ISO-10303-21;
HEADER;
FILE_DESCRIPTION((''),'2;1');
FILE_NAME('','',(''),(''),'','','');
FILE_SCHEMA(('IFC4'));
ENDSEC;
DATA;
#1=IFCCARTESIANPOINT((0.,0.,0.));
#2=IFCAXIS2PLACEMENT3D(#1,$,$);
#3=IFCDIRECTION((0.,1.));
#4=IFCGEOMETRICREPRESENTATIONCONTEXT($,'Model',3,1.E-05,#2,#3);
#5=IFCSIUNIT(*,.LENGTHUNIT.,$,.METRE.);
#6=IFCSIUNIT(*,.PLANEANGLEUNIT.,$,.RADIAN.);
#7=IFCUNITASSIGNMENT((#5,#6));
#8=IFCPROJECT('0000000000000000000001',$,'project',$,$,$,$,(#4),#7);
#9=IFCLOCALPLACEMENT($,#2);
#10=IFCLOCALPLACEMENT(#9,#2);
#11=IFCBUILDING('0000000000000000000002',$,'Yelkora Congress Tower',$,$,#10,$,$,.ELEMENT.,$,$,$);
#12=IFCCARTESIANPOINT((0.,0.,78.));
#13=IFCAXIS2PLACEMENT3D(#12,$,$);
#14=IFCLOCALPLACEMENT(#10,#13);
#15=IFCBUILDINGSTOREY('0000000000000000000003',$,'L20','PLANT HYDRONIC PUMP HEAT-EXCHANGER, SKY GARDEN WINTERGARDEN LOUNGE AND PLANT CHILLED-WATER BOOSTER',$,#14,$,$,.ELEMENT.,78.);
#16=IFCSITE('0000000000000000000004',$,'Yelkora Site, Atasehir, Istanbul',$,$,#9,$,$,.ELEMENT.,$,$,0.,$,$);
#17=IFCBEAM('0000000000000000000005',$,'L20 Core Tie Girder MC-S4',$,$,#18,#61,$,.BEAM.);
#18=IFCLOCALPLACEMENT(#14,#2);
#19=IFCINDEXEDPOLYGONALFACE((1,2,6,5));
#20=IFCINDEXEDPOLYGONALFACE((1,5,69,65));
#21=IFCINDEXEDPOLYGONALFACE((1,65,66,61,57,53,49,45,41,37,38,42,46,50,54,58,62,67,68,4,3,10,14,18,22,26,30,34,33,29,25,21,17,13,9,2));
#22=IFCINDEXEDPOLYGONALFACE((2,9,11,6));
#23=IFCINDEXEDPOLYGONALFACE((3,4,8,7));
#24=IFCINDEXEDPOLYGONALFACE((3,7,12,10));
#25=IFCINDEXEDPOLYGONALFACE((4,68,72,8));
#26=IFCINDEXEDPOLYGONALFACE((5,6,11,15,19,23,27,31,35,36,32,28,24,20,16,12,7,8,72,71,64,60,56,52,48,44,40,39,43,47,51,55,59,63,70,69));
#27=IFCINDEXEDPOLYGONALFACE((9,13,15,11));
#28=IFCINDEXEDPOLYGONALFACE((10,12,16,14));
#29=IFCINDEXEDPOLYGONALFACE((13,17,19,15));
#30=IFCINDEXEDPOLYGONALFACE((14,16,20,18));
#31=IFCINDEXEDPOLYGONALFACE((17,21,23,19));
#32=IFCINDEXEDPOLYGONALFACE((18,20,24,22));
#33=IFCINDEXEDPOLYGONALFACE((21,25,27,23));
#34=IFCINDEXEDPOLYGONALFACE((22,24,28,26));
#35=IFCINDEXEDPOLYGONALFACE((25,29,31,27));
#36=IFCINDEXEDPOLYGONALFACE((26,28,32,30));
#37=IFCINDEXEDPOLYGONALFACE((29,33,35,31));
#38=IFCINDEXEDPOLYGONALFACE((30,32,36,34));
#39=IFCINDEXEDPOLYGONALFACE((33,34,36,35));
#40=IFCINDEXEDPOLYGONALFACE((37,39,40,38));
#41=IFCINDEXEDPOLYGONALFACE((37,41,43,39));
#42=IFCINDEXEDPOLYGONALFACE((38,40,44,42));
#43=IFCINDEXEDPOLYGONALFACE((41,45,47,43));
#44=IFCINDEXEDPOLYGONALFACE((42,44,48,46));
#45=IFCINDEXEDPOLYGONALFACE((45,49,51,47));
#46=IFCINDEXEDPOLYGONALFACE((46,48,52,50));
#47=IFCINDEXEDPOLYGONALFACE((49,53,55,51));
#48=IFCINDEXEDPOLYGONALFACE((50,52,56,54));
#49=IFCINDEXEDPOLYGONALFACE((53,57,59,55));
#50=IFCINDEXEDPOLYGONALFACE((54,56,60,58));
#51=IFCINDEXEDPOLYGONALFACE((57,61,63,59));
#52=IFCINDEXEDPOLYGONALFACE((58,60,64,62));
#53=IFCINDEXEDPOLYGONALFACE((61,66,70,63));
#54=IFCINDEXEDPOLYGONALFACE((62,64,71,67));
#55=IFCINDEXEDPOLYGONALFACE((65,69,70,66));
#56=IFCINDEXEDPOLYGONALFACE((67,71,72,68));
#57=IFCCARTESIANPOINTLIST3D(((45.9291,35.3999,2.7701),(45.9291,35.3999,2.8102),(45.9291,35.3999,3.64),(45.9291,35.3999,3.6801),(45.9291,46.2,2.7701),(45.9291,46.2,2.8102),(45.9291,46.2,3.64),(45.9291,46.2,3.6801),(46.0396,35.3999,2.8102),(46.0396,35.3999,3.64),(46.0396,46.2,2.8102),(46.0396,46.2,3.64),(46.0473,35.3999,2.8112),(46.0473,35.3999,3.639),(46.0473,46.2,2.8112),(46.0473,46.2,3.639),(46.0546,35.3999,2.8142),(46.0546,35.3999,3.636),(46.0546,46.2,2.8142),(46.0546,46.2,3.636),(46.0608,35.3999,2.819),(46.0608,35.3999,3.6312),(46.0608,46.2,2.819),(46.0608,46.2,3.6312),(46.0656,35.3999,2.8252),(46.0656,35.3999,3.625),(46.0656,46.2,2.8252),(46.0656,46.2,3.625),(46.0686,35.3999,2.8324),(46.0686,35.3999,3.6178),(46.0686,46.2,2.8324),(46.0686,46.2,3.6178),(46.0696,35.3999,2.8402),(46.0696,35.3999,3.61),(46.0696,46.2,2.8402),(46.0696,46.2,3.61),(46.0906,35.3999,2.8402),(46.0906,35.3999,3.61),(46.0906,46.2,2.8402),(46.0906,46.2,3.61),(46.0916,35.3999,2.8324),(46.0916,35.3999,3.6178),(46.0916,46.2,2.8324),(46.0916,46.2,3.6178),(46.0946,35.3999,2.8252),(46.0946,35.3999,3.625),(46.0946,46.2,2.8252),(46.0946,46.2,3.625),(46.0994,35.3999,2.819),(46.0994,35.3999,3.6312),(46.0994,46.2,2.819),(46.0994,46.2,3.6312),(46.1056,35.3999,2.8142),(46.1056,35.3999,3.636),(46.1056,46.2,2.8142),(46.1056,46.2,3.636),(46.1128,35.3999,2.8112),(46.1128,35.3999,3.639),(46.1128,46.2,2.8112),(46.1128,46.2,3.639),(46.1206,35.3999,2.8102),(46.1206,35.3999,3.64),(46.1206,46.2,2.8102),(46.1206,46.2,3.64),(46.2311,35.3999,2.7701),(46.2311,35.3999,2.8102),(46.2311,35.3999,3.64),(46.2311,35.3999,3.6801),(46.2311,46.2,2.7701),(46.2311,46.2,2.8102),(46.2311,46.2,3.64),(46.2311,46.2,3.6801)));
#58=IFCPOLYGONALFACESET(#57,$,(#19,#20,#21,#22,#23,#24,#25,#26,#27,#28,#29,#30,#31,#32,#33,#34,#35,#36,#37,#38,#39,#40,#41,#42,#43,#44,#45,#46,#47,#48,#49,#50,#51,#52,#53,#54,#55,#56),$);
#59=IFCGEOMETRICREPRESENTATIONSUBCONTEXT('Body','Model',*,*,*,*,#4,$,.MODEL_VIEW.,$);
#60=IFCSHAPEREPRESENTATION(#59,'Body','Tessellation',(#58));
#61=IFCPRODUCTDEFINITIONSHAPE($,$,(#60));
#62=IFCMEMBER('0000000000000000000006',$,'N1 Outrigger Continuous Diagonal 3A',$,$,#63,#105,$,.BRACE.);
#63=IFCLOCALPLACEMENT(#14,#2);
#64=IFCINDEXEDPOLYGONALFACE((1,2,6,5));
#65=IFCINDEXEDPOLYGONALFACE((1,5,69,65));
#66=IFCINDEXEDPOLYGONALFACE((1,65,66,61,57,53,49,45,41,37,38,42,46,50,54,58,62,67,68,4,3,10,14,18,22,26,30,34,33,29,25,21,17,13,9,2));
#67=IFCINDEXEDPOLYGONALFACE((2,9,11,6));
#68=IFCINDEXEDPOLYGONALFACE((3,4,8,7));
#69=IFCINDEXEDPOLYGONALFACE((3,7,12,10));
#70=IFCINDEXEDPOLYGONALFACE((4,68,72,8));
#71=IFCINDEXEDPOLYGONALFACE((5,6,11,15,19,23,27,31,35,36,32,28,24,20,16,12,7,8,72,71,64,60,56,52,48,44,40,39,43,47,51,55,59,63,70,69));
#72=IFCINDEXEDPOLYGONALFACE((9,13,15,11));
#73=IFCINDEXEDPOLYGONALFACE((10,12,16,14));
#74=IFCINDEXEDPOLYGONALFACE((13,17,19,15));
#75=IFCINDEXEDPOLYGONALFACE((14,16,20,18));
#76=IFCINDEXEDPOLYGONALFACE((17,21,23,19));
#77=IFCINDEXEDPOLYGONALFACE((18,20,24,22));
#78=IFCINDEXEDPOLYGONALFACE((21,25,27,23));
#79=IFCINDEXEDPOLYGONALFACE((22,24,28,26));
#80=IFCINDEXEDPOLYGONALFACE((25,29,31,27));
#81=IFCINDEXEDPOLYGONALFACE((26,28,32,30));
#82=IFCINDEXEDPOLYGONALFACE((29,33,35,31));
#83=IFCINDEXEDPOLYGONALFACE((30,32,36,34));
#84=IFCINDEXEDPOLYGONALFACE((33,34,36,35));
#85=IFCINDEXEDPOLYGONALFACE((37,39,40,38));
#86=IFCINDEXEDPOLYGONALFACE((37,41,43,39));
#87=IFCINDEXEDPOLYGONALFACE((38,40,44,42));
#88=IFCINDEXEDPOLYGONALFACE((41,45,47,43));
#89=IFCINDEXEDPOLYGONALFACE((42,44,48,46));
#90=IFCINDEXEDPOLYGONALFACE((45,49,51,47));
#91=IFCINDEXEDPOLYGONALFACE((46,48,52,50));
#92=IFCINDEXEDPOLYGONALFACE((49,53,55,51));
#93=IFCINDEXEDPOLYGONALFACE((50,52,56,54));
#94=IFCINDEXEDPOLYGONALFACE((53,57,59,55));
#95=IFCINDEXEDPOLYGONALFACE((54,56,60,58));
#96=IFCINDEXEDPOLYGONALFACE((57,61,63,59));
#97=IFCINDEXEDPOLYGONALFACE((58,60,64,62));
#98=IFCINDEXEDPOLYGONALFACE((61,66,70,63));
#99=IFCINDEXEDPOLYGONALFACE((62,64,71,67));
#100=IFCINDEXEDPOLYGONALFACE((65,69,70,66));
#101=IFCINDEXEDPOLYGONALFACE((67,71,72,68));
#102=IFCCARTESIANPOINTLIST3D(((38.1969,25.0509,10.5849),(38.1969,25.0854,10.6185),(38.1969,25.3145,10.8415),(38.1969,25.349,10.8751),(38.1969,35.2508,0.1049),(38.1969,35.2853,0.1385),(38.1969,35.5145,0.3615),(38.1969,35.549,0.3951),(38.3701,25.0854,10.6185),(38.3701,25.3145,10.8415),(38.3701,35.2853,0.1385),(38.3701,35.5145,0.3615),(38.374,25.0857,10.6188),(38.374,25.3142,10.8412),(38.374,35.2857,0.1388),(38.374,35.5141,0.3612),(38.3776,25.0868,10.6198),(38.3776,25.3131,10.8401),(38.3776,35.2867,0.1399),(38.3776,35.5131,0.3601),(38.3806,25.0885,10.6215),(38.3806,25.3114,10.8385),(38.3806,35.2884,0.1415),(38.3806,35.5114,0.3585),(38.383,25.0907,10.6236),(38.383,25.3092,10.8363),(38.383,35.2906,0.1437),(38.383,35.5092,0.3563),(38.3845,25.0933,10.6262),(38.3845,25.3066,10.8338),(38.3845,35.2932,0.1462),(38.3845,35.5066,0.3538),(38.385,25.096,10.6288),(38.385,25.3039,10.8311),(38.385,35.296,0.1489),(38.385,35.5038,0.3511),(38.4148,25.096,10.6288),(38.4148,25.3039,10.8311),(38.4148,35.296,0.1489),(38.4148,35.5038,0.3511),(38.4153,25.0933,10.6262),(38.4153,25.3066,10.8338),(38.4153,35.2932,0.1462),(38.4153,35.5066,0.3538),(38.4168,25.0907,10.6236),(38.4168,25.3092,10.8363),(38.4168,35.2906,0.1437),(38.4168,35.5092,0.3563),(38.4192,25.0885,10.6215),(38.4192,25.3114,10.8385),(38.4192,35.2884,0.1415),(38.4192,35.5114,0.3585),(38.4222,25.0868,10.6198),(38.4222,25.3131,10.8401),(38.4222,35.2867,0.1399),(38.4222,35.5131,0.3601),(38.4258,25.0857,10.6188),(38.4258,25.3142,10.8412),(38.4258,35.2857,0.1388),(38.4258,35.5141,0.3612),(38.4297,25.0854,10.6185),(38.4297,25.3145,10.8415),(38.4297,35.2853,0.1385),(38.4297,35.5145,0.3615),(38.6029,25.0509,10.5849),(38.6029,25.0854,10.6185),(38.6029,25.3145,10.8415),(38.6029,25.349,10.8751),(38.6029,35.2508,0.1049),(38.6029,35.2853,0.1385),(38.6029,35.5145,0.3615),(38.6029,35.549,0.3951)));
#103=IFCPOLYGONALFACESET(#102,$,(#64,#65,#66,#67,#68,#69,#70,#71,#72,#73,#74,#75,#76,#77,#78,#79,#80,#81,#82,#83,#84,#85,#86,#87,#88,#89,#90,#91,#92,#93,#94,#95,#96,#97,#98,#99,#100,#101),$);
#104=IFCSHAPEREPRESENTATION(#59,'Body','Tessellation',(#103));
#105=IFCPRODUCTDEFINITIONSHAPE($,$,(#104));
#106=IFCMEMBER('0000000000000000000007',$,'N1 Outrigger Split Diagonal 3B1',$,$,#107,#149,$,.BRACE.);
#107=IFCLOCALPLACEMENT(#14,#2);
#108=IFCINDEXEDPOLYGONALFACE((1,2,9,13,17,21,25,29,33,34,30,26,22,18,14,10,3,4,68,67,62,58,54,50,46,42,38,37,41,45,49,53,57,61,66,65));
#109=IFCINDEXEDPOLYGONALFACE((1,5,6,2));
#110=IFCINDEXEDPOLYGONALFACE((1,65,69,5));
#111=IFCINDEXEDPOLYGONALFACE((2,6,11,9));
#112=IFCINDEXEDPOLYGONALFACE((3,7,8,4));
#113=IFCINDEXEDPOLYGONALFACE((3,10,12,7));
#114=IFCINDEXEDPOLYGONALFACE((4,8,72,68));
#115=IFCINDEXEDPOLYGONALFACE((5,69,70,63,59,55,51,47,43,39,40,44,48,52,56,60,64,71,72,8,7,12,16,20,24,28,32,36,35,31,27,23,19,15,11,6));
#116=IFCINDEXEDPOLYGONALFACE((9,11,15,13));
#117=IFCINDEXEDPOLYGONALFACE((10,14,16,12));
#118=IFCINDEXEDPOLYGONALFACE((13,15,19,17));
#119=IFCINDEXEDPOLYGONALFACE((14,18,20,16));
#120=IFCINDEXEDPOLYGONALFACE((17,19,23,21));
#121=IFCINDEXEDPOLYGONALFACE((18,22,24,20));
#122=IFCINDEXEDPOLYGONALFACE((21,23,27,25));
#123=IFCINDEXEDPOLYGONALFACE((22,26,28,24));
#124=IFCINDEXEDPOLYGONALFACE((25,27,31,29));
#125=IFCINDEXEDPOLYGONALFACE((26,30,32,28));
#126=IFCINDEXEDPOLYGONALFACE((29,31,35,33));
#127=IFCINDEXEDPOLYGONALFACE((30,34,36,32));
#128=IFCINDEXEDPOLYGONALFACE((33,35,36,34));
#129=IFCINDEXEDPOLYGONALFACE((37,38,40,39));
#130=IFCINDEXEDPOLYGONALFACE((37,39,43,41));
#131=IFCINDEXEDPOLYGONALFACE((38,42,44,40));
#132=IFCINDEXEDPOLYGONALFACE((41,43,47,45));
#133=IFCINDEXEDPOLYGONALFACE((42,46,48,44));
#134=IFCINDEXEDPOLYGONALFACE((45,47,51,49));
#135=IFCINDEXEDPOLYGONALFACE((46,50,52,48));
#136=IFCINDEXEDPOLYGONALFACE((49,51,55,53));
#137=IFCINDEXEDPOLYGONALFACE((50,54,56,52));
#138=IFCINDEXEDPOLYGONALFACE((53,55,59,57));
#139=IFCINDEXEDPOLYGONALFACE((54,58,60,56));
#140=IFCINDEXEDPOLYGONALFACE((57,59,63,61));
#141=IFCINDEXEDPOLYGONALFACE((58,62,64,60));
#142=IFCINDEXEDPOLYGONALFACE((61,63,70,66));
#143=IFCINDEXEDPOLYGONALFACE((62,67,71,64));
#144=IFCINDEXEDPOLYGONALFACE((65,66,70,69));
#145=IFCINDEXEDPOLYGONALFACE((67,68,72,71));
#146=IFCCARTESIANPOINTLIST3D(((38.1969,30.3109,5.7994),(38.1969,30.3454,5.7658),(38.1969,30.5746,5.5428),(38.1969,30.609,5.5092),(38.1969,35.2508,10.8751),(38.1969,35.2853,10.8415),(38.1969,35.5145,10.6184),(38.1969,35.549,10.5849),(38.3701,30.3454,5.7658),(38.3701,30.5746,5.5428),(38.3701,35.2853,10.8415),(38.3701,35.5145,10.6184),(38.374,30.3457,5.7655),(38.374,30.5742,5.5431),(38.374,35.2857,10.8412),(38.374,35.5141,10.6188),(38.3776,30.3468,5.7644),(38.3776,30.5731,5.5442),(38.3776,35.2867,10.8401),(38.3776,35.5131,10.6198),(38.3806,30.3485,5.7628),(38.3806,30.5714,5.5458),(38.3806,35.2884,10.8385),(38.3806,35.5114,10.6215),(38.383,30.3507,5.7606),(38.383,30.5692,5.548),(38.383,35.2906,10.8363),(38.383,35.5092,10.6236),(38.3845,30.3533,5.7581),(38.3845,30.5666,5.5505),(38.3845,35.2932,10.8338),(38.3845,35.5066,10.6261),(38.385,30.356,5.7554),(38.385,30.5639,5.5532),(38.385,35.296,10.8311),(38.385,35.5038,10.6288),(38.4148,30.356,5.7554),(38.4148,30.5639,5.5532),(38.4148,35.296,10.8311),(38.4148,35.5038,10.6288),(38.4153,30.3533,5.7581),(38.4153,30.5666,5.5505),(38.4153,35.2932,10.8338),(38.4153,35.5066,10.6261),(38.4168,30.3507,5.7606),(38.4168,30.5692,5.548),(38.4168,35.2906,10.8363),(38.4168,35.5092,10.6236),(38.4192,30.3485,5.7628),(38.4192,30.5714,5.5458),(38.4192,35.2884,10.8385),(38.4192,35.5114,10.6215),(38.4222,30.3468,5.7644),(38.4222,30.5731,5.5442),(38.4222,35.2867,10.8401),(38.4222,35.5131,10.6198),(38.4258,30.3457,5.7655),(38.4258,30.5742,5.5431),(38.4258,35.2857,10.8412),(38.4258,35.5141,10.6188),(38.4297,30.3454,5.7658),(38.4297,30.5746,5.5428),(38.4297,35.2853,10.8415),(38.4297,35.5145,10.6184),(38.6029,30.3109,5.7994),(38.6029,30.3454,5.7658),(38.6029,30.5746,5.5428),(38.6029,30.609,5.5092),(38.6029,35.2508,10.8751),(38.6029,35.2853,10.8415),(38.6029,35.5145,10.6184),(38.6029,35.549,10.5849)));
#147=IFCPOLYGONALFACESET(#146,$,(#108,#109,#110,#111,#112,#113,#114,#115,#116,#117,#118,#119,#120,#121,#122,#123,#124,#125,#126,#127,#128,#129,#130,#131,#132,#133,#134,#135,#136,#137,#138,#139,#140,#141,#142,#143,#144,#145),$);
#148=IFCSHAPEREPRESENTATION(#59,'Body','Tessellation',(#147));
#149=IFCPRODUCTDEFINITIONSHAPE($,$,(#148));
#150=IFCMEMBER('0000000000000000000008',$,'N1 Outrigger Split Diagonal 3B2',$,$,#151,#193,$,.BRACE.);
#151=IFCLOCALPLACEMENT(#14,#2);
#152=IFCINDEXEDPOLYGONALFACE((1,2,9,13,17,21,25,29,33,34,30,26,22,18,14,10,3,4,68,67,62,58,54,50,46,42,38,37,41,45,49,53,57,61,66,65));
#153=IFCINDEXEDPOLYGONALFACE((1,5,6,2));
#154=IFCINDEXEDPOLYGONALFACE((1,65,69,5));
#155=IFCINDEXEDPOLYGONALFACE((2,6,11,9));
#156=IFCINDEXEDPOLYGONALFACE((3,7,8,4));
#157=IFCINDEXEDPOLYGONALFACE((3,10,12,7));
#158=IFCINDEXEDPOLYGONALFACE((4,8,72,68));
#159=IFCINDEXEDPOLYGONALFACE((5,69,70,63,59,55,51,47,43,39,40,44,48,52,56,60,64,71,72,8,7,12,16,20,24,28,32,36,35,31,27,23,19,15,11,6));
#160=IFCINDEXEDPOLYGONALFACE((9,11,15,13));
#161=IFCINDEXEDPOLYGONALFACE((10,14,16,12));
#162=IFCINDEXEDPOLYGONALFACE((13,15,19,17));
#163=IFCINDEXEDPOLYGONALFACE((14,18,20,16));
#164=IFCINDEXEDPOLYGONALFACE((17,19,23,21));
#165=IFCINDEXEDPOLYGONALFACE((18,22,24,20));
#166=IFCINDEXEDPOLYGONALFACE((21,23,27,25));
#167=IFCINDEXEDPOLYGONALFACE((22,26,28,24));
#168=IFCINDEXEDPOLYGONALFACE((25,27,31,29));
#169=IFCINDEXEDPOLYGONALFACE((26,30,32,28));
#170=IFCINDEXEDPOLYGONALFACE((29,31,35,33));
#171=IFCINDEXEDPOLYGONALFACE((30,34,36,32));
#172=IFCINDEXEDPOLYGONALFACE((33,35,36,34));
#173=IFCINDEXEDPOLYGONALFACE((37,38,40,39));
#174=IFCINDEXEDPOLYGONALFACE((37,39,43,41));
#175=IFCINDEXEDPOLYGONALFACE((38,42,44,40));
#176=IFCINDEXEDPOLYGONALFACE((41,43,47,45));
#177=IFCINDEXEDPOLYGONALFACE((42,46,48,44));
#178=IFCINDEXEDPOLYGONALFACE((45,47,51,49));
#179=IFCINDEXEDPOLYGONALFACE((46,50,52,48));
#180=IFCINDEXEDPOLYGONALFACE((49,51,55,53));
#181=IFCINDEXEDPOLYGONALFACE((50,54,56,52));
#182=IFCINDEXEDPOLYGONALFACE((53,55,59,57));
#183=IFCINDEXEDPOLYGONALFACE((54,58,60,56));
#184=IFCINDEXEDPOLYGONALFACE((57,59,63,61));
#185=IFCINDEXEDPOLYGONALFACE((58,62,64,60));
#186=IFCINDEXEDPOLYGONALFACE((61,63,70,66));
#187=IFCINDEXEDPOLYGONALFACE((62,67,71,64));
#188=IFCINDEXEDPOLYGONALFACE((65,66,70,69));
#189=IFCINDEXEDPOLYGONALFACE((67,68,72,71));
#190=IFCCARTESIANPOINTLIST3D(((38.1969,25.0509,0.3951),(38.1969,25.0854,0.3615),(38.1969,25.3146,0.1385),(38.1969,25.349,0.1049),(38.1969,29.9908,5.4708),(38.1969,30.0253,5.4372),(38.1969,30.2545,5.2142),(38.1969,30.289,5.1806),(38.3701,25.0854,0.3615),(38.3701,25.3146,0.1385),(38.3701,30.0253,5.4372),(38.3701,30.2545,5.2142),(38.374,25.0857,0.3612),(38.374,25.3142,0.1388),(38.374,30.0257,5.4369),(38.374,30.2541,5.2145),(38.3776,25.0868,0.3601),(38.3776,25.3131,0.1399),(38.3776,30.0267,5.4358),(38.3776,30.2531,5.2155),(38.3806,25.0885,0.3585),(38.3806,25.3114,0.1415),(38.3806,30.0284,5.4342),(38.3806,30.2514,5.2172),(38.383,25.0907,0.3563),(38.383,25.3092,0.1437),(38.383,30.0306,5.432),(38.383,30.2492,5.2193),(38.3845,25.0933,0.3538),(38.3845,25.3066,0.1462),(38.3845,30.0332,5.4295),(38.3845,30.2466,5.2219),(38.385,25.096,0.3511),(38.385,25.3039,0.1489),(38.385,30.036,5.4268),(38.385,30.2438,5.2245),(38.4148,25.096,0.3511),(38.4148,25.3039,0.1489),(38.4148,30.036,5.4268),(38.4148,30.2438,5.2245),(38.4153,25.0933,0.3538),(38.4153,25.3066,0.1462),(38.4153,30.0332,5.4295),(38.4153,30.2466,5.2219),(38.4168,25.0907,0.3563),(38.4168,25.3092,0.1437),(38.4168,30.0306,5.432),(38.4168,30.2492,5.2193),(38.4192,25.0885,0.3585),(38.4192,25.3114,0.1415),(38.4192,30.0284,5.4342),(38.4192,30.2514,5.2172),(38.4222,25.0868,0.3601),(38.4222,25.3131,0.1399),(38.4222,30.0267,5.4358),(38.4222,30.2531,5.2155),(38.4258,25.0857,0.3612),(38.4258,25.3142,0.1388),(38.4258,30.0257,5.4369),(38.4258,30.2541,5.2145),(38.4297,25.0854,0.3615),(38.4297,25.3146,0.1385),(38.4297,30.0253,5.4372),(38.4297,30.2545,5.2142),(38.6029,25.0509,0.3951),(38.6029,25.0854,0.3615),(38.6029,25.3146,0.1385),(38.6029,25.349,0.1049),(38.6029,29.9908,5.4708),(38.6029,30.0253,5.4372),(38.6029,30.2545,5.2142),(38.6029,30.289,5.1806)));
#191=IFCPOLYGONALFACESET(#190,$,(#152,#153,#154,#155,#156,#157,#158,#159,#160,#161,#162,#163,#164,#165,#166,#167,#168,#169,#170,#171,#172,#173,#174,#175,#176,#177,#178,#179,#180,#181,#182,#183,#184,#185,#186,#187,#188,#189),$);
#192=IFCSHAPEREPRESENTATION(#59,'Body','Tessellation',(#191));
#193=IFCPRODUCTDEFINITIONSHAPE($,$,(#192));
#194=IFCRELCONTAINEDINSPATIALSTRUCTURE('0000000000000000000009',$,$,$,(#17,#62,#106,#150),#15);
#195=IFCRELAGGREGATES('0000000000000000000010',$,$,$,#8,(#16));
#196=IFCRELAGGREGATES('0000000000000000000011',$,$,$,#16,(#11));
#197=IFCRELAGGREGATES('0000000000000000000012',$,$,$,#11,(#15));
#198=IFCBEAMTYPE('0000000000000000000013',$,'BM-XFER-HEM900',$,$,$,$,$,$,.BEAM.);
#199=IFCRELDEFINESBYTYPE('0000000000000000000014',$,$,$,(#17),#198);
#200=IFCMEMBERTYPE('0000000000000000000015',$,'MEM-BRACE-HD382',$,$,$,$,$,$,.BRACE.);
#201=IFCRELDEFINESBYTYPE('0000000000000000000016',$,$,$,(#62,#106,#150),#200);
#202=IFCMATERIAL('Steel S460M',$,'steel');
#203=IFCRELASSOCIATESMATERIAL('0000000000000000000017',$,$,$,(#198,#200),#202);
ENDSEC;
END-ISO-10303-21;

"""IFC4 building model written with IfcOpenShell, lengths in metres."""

from ifc_helpers import new_model, si_unit, direction, frame, origin, origin_2d, place, context, subcontext, project, spatial, i_section, extrude, material, material_profile, profile_set, type_object, element, save


model = new_model("IFC4")

# Units and contexts
model_context = context("Model", 3, precision=1e-05, world=origin(), true_north=direction((0.0, 1.0)))
body_context = subcontext(model_context, "Body", "Model", "MODEL_VIEW")
ifc_project = project(units=[si_unit("LENGTHUNIT", "METRE"), si_unit("PLANEANGLEUNIT", "RADIAN")], contexts=[model_context])

# Site, building, storey
site_placement = place(None, origin())
site = spatial("IfcSite", under=ifc_project, at=site_placement, Name="Yelkora Site, Atasehir, Istanbul", CompositionType="ELEMENT", RefElevation=0.0)
building_placement = place(site_placement, origin())
building = spatial("IfcBuilding", under=site, at=building_placement, Name="Yelkora Congress Tower", CompositionType="ELEMENT")
storey_placement = place(building_placement, frame((0.0, 0.0, 78.0)))
storey = spatial("IfcBuildingStorey", under=building, at=storey_placement, Name="L20", Description="PLANT HYDRONIC PUMP HEAT-EXCHANGER, SKY GARDEN WINTERGARDEN LOUNGE AND PLANT CHILLED-WATER BOOSTER", CompositionType="ELEMENT", Elevation=78.0)

# Beam
ifc_material_1 = material(Name="Steel S460M", Category="steel")
ifc_material_profile_1 = material_profile(ifc_material_1, i_section(OverallWidth=0.302, OverallDepth=0.9099, WebThickness=0.021, FlangeThickness=0.04, FilletRadius=0.03, at=origin_2d()), Name="HEM 900")
ifc_profile_set_1 = profile_set([ifc_material_profile_1], Name="Steel S460M")
beam_type = type_object("IfcBeamType", Name="BM-XFER-HEM900", PredefinedType="BEAM", material=ifc_profile_set_1)
beam_1_placement = place(storey_placement, frame((46.0801, 35.3999, 3.2251), z_axis=(0.0, 1.0, 0.0), x_axis=(-1.0, 0.0, 0.0)))
element("IfcBeam", 1, at=beam_1_placement, inside=storey, type_object=beam_type, Name="L20 Core Tie Girder MC-S4", PredefinedType="BEAM", context=body_context, shape_type="SweptSolid", body=[
    extrude(i_section(OverallWidth=0.302, OverallDepth=0.9099, WebThickness=0.021, FlangeThickness=0.04, FilletRadius=0.03, at=origin_2d()), origin(), (0.0, 0.0, 1.0), 10.8),
])

# Members
ifc_material_profile_2 = material_profile(ifc_material_1, i_section(OverallWidth=0.406, OverallDepth=0.416, WebThickness=0.0298, FlangeThickness=0.0481, FilletRadius=0.0149, at=origin_2d()), Name="HD 400x382")
ifc_profile_set_2 = profile_set([ifc_material_profile_2], Name="Steel S460M")
member_type = type_object("IfcMemberType", Name="MEM-BRACE-HD382", PredefinedType="BRACE", material=ifc_profile_set_2)
member_placement = place(storey_placement, frame((38.3999, 35.3999, 0.25), z_axis=(0.0, -0.697468, 0.716616), x_axis=(1.0, 0.0, 0.0)))
element("IfcMember", 2, at=member_placement, inside=storey, type_object=member_type, Name="N1 Outrigger Continuous Diagonal 3A", PredefinedType="BRACE", context=body_context, shape_type="SweptSolid", body=[
    extrude(i_section(OverallWidth=0.406, OverallDepth=0.416, WebThickness=0.0298, FlangeThickness=0.0481, FilletRadius=0.0149, at=origin_2d()), origin(), (0.0, 0.0, 1.0), 14.6243),
])
for number, where, z_axis, x_axis, name in (
    (3, (38.3999, 35.3999, 10.73), (0.0, -0.697459, -0.716624), (1.0, 0.0, 0.0), "N1 Outrigger Split Diagonal 3B1"),
    (4, (38.3999, 30.1399, 5.3257), (0.0, -0.697459, -0.716624), (1.0, 0.0, 0.0), "N1 Outrigger Split Diagonal 3B2"),
):
    element("IfcMember", number, at=place(storey_placement, frame(where, z_axis=z_axis, x_axis=x_axis)), inside=storey, type_object=member_type, Name=name, PredefinedType="BRACE", context=body_context, shape_type="SweptSolid", body=[
        extrude(i_section(OverallWidth=0.406, OverallDepth=0.416, WebThickness=0.0298, FlangeThickness=0.0481, FilletRadius=0.0149, at=origin_2d()), origin(), (0.0, 0.0, 1.0), 7.0828),
    ])

save(model, "model.ifc")
